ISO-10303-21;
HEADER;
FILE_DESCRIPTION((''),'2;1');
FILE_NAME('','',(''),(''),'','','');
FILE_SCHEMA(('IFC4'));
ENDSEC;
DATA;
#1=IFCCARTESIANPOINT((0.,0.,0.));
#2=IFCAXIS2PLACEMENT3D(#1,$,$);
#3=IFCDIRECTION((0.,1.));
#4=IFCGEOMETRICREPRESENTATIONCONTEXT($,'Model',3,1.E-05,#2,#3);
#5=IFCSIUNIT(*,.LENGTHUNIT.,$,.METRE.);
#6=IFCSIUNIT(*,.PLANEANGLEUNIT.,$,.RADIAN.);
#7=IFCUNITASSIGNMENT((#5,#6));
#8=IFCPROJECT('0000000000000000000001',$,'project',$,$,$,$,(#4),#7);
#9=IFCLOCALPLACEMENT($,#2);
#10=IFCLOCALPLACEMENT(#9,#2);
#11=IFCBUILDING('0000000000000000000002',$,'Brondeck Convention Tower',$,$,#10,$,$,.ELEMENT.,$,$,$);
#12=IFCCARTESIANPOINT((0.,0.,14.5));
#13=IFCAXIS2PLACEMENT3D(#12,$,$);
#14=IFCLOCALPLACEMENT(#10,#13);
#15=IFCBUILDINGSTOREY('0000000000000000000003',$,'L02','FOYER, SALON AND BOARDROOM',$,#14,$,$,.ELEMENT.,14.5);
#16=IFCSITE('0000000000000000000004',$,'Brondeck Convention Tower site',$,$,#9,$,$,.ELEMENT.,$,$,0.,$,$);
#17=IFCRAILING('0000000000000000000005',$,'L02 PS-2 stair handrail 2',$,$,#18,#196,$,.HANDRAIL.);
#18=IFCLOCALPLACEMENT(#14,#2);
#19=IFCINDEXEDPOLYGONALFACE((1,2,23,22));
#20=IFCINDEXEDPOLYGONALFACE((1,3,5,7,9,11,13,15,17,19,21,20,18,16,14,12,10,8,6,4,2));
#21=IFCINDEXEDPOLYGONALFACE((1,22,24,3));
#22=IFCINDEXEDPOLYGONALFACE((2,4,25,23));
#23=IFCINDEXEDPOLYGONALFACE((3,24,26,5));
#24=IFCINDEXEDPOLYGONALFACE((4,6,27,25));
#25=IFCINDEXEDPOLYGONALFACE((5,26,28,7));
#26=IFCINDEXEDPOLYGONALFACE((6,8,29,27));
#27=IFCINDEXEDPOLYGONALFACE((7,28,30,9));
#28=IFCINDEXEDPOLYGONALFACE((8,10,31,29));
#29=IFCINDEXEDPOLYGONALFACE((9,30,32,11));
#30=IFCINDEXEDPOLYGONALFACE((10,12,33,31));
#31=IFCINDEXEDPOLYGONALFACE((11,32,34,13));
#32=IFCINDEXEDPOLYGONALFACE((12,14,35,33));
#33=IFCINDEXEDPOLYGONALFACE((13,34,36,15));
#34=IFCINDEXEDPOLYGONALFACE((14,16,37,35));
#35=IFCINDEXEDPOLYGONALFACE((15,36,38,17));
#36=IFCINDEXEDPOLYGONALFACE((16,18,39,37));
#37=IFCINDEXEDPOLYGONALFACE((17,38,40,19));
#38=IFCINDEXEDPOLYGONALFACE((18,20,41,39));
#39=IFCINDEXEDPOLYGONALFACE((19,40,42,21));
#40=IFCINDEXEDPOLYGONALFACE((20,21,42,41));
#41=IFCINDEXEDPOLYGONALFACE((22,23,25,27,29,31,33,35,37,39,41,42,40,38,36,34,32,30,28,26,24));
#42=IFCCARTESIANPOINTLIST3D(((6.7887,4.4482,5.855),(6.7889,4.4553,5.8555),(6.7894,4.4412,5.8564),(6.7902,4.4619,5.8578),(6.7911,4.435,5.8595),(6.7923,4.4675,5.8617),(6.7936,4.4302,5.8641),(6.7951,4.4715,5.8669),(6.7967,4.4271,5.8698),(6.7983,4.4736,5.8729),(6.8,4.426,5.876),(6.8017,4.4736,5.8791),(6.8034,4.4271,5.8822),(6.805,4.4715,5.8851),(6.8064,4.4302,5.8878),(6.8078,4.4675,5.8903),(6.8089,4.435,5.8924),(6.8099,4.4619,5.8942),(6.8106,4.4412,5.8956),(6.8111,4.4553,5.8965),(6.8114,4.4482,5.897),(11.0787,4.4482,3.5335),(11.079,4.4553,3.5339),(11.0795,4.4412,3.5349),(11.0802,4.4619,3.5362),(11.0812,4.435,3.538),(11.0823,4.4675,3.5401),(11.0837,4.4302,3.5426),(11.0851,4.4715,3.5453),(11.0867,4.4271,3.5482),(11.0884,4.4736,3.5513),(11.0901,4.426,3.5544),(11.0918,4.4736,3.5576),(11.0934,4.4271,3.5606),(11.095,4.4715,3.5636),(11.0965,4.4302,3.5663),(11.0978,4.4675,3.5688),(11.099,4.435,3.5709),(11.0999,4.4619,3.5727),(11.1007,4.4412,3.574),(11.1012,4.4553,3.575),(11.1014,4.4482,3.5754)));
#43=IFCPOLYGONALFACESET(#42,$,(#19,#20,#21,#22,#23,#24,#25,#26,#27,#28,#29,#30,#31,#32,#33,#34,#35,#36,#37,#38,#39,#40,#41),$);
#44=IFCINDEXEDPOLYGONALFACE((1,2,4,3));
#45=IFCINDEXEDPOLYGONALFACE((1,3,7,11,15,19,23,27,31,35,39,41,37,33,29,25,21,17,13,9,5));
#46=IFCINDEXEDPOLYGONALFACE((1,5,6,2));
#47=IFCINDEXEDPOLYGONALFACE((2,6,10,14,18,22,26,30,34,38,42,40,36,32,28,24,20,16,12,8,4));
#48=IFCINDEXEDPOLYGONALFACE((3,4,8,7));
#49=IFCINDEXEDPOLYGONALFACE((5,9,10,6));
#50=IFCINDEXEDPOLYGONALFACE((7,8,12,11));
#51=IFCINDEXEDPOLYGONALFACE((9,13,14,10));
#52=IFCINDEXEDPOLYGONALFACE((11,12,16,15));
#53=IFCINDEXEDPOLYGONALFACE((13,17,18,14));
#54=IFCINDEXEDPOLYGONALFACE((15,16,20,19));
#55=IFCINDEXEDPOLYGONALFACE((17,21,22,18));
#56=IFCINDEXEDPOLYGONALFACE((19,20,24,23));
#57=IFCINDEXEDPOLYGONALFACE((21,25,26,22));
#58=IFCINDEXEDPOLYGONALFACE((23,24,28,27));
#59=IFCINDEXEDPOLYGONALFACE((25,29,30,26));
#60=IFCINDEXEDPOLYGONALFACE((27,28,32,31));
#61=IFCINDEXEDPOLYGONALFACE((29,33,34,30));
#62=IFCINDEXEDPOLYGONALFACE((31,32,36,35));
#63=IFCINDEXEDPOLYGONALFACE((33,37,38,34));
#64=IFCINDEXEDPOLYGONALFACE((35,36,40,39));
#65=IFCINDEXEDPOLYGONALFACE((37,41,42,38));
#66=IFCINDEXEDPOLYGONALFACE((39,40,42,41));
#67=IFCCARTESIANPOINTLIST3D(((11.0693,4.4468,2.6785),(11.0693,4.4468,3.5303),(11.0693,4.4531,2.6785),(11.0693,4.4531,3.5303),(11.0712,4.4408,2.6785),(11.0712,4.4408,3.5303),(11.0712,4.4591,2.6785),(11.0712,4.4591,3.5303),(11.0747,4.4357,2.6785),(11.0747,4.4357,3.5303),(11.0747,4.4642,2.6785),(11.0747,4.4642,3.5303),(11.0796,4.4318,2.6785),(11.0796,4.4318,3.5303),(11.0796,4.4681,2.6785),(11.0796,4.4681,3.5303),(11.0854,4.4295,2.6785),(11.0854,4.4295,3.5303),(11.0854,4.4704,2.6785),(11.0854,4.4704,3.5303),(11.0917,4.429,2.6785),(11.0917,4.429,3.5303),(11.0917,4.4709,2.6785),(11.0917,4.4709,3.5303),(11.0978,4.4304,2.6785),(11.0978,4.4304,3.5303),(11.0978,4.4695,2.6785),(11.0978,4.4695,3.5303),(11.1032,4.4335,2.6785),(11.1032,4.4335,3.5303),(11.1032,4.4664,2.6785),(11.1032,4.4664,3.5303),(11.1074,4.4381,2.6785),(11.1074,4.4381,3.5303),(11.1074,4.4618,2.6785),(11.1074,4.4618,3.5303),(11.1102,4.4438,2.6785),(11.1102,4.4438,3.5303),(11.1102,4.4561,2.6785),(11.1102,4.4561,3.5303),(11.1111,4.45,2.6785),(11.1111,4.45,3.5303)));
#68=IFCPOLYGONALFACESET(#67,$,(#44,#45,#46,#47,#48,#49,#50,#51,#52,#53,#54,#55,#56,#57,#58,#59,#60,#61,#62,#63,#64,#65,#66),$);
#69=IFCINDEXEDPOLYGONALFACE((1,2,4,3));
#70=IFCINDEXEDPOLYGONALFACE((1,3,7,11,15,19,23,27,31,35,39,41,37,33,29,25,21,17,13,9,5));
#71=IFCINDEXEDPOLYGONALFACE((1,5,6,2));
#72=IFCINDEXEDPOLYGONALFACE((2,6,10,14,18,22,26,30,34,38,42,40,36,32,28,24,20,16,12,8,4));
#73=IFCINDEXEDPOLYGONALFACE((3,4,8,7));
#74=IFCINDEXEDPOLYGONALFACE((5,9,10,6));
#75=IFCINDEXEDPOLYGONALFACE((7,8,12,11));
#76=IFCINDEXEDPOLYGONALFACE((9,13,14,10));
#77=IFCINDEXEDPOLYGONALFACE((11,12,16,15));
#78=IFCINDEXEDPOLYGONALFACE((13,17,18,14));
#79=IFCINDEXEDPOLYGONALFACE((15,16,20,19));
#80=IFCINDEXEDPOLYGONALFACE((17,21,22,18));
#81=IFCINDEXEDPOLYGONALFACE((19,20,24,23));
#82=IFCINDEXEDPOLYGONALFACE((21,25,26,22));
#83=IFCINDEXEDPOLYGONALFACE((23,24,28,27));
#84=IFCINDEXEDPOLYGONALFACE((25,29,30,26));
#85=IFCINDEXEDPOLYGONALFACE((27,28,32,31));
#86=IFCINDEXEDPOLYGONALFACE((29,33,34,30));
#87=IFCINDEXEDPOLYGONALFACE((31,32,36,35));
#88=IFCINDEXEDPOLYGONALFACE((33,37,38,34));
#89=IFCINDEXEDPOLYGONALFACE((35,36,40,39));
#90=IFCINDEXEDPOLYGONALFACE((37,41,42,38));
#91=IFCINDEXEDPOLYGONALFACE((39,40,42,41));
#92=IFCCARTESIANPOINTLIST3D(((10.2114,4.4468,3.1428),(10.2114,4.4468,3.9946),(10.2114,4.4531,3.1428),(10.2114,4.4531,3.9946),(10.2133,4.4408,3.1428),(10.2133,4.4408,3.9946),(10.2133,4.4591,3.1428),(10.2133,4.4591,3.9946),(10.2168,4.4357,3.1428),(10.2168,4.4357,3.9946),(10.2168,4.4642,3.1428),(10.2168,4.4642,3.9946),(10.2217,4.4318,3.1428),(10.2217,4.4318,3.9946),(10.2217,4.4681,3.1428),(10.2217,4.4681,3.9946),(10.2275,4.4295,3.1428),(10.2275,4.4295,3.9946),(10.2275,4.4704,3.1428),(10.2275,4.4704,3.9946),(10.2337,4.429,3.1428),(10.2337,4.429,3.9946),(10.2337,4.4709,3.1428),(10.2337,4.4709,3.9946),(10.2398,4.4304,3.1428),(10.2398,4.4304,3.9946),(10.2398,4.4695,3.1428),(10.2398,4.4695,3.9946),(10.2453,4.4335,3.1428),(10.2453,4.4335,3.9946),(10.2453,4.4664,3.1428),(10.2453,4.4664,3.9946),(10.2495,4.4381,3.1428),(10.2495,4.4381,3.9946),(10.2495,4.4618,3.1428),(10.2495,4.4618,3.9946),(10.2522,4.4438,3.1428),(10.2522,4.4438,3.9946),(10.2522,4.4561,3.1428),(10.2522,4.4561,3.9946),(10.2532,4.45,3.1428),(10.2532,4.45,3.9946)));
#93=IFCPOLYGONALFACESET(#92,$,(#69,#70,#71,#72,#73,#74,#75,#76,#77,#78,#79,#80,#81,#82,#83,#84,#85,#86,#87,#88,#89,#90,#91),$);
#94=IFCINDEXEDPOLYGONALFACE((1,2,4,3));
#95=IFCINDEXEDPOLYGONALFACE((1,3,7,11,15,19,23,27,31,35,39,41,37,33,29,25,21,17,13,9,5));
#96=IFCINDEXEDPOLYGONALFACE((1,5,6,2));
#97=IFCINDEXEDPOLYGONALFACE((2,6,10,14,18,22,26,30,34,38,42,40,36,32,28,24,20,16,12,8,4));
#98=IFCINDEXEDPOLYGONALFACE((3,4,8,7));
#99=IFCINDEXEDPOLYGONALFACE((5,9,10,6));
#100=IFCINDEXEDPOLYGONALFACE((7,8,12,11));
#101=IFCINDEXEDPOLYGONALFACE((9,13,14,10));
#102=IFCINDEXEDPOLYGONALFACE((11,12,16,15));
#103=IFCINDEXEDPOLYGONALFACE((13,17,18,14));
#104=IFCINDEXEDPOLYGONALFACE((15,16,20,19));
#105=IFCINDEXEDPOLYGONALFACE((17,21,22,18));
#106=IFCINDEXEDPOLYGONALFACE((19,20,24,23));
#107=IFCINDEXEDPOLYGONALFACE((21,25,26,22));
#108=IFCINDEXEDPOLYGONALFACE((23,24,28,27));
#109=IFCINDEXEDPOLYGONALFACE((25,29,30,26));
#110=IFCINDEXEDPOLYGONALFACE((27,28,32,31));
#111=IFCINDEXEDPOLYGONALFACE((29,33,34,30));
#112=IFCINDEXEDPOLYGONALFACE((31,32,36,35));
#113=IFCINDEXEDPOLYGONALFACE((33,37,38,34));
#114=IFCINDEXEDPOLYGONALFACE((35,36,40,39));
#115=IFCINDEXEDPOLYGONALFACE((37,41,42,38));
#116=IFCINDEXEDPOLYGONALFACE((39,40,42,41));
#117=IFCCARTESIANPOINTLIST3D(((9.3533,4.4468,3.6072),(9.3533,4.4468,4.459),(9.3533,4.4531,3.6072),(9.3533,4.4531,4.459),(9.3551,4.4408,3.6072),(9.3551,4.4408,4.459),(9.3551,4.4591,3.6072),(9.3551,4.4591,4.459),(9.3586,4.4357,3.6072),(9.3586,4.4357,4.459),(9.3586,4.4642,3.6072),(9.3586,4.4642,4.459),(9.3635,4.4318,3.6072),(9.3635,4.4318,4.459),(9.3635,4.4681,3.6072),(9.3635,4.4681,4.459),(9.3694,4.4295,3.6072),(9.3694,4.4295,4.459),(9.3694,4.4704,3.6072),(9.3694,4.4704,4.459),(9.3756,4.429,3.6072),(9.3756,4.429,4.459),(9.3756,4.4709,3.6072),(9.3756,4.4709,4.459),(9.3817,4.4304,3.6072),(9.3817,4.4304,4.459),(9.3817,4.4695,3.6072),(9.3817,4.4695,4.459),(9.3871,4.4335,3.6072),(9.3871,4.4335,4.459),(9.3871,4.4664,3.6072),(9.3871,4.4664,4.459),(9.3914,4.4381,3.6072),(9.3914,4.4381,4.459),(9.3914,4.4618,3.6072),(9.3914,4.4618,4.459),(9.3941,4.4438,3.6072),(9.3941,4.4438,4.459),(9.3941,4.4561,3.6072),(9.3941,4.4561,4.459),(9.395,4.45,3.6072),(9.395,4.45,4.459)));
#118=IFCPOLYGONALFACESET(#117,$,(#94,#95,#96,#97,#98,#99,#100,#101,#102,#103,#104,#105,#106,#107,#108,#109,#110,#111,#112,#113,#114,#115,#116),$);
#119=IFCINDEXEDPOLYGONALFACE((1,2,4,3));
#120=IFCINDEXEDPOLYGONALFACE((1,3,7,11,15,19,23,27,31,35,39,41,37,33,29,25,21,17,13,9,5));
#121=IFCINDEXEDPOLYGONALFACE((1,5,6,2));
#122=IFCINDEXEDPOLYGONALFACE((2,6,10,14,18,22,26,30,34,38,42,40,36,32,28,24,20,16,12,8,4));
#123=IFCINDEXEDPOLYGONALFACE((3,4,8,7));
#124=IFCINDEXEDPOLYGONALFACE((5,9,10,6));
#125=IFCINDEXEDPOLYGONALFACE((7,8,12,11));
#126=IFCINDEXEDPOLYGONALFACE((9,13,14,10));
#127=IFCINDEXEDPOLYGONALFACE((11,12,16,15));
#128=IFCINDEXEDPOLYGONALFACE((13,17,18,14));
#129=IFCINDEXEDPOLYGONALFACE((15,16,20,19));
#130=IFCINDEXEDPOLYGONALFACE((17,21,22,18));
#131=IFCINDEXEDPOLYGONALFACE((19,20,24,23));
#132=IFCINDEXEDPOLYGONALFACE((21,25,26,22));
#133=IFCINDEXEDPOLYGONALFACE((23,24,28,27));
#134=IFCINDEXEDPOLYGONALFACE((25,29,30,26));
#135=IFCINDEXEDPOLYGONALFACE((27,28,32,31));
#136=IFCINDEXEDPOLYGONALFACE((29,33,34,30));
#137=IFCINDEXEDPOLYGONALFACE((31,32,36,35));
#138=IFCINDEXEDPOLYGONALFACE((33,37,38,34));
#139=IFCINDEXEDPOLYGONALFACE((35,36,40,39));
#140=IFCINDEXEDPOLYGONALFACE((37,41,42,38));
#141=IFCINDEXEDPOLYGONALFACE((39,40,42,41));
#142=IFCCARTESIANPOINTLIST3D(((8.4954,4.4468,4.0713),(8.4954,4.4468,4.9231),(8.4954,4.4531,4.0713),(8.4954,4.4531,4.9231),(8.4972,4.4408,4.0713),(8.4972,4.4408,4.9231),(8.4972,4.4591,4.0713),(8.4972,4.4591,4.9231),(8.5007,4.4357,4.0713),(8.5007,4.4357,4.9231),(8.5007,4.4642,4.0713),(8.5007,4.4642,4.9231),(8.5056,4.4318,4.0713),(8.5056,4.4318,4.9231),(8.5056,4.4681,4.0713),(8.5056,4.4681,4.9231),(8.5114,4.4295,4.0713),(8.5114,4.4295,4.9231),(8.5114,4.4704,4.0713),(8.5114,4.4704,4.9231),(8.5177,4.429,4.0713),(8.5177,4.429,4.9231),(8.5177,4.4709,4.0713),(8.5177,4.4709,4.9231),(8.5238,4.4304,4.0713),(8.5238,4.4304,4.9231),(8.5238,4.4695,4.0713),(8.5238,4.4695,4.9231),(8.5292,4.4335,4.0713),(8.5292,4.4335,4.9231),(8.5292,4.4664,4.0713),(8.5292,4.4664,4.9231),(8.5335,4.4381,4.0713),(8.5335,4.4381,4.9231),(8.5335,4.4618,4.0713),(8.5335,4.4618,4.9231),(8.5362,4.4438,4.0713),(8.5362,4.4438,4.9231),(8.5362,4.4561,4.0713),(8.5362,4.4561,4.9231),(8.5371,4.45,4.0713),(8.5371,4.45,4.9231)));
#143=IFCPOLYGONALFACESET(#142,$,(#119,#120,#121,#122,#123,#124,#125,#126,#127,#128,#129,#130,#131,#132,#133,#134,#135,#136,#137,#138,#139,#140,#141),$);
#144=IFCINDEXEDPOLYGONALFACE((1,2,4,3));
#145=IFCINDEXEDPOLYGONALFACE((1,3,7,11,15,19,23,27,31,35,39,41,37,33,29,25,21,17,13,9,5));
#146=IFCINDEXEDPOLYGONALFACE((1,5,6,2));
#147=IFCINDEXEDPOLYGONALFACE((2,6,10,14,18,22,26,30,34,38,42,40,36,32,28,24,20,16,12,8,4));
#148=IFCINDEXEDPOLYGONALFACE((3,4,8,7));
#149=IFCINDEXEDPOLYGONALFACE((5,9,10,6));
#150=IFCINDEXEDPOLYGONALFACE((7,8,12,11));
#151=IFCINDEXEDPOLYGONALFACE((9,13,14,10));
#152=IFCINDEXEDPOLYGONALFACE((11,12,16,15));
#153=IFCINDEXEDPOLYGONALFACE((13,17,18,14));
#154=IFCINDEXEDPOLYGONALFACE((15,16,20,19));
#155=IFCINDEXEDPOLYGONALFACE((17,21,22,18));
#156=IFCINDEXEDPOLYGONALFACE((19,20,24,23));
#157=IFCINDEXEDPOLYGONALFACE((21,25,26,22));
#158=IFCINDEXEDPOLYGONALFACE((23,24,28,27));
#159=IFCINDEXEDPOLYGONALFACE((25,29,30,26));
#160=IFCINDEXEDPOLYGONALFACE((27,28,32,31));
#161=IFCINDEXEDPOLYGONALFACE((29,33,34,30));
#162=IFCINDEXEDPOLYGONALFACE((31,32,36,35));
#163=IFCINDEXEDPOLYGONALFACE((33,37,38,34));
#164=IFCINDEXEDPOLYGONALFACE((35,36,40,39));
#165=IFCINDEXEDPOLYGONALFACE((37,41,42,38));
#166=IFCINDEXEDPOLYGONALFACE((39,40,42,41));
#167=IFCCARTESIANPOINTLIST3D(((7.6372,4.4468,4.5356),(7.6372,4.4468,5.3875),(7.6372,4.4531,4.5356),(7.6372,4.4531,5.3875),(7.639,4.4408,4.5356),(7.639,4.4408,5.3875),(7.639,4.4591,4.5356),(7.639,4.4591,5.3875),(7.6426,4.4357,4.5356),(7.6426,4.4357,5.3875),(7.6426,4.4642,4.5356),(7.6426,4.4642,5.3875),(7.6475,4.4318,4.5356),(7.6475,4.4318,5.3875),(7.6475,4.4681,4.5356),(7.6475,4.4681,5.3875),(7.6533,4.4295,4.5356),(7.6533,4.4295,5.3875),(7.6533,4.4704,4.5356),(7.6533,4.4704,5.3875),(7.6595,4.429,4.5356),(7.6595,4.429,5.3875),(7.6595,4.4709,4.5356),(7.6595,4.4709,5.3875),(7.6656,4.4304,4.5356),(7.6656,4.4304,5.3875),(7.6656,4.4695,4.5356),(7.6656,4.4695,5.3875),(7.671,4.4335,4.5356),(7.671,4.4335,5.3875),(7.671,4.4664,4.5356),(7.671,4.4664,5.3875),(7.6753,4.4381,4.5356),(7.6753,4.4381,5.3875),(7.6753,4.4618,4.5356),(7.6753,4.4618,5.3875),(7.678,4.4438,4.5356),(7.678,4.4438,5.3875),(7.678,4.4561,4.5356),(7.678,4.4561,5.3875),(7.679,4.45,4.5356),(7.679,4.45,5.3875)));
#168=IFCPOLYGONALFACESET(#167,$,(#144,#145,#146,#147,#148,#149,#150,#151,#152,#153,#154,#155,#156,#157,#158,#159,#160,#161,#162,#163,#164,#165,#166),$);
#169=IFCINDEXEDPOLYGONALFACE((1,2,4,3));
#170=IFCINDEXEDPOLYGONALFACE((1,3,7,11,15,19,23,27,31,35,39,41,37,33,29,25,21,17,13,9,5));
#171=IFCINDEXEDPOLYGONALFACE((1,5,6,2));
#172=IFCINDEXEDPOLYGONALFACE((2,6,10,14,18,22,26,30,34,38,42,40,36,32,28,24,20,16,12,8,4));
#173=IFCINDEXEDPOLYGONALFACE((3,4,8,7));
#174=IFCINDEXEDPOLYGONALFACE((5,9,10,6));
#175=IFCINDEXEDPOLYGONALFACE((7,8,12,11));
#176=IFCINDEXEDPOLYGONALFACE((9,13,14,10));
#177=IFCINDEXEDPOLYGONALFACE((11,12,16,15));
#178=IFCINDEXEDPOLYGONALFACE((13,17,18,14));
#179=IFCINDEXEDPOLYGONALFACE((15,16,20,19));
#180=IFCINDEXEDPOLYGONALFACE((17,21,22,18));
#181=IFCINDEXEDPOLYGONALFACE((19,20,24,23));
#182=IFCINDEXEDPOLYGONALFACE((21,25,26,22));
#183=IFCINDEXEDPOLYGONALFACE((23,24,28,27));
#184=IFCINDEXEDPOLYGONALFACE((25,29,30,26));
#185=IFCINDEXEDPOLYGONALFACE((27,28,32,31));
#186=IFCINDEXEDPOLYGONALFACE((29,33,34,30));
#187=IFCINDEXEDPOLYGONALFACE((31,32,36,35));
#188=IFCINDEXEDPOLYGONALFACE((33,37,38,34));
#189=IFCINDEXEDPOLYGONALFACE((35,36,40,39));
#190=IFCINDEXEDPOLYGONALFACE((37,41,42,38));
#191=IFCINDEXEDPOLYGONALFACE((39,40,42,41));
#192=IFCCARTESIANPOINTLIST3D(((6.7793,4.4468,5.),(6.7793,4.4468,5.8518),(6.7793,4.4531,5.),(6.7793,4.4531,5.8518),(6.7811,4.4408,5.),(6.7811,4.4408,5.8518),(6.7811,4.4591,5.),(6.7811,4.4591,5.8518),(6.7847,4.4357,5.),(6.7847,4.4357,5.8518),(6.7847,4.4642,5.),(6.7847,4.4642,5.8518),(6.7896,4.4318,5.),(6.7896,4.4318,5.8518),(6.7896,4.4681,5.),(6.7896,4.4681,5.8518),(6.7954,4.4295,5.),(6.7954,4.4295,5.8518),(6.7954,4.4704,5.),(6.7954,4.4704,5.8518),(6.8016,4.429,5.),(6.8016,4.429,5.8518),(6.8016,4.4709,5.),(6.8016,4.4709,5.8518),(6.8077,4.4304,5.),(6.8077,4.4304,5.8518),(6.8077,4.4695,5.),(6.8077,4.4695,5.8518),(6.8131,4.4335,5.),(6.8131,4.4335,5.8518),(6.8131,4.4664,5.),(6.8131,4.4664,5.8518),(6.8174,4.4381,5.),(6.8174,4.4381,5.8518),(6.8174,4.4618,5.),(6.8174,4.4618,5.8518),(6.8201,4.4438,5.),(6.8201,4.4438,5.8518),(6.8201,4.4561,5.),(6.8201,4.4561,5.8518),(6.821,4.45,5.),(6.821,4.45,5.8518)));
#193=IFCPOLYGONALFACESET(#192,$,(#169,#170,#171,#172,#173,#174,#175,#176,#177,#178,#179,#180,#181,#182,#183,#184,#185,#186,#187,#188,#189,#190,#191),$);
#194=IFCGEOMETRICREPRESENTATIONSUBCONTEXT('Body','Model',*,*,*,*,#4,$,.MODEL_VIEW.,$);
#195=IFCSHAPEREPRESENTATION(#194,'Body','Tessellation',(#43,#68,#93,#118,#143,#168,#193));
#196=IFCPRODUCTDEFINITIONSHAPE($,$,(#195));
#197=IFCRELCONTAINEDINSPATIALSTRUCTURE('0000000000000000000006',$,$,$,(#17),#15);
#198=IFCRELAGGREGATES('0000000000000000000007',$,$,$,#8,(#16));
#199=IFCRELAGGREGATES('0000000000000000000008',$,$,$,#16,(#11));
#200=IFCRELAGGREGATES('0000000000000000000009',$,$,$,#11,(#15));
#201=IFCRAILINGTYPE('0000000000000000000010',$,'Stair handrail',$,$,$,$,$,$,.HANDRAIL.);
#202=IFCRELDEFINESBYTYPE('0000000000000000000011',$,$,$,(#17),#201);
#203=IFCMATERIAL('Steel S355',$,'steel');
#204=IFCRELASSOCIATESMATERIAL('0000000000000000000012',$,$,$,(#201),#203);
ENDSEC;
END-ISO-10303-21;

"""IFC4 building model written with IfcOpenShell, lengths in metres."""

from ifc_helpers import new_model, si_unit, direction, frame, origin, origin_2d, place, context, subcontext, project, spatial, circle, extrude, material, type_object, element, save


model = new_model("IFC4")

# Units and contexts
model_context = context("Model", 3, precision=1e-05, world=origin(), true_north=direction((0.0, 1.0)))
body_context = subcontext(model_context, "Body", "Model", "MODEL_VIEW")
ifc_project = project(units=[si_unit("LENGTHUNIT", "METRE"), si_unit("PLANEANGLEUNIT", "RADIAN")], contexts=[model_context])

# Site, building, storey
site_placement = place(None, origin())
site = spatial("IfcSite", under=ifc_project, at=site_placement, Name="Brondeck Convention Tower site", CompositionType="ELEMENT", RefElevation=0.0)
building_placement = place(site_placement, origin())
building = spatial("IfcBuilding", under=site, at=building_placement, Name="Brondeck Convention Tower", CompositionType="ELEMENT")
storey_placement = place(building_placement, frame((0.0, 0.0, 14.5)))
storey = spatial("IfcBuildingStorey", under=building, at=storey_placement, Name="L02", Description="FOYER, SALON AND BOARDROOM", CompositionType="ELEMENT", Elevation=14.5)

# Railing
ifc_material_1 = material(Name="Steel S355", Category="steel")
railing_type_1 = type_object("IfcRailingType", Name="Stair handrail", PredefinedType="HANDRAIL", material=ifc_material_1)
railing_1_placement = place(storey_placement, frame((11.0901, 4.45, 2.6785)))
element("IfcRailing", 1, at=railing_1_placement, inside=storey, type_object=railing_type_1, Name="L02 PS-2 stair handrail 2", PredefinedType="HANDRAIL", context=body_context, shape_type="SweptSolid", body=[
    extrude(circle(Radius=0.0239, at=origin_2d()), frame((0.0, 0.0, 0.876), z_axis=(-0.879484, 0.0, 0.475928), x_axis=(0.0, -1.0, 0.0)), (0.0, 0.0, 1.0), 4.8779),
    extrude(circle(Radius=0.021, at=origin_2d()), origin(), (0.0, 0.0, 1.0), 0.8518),
    extrude(circle(Radius=0.021, at=origin_2d()), frame((-0.8579, 0.0, 0.4644)), (0.0, 0.0, 1.0), 0.8518),
    extrude(circle(Radius=0.021, at=origin_2d()), frame((-1.7161, 0.0, 0.9287)), (0.0, 0.0, 1.0), 0.8518),
    extrude(circle(Radius=0.021, at=origin_2d()), frame((-2.574, 0.0, 1.3928)), (0.0, 0.0, 1.0), 0.8518),
    extrude(circle(Radius=0.021, at=origin_2d()), frame((-3.4321, 0.0, 1.8572)), (0.0, 0.0, 1.0), 0.8518),
    extrude(circle(Radius=0.021, at=origin_2d()), frame((-4.29, 0.0, 2.3215)), (0.0, 0.0, 1.0), 0.8518),
])

save(model, "model.ifc")
